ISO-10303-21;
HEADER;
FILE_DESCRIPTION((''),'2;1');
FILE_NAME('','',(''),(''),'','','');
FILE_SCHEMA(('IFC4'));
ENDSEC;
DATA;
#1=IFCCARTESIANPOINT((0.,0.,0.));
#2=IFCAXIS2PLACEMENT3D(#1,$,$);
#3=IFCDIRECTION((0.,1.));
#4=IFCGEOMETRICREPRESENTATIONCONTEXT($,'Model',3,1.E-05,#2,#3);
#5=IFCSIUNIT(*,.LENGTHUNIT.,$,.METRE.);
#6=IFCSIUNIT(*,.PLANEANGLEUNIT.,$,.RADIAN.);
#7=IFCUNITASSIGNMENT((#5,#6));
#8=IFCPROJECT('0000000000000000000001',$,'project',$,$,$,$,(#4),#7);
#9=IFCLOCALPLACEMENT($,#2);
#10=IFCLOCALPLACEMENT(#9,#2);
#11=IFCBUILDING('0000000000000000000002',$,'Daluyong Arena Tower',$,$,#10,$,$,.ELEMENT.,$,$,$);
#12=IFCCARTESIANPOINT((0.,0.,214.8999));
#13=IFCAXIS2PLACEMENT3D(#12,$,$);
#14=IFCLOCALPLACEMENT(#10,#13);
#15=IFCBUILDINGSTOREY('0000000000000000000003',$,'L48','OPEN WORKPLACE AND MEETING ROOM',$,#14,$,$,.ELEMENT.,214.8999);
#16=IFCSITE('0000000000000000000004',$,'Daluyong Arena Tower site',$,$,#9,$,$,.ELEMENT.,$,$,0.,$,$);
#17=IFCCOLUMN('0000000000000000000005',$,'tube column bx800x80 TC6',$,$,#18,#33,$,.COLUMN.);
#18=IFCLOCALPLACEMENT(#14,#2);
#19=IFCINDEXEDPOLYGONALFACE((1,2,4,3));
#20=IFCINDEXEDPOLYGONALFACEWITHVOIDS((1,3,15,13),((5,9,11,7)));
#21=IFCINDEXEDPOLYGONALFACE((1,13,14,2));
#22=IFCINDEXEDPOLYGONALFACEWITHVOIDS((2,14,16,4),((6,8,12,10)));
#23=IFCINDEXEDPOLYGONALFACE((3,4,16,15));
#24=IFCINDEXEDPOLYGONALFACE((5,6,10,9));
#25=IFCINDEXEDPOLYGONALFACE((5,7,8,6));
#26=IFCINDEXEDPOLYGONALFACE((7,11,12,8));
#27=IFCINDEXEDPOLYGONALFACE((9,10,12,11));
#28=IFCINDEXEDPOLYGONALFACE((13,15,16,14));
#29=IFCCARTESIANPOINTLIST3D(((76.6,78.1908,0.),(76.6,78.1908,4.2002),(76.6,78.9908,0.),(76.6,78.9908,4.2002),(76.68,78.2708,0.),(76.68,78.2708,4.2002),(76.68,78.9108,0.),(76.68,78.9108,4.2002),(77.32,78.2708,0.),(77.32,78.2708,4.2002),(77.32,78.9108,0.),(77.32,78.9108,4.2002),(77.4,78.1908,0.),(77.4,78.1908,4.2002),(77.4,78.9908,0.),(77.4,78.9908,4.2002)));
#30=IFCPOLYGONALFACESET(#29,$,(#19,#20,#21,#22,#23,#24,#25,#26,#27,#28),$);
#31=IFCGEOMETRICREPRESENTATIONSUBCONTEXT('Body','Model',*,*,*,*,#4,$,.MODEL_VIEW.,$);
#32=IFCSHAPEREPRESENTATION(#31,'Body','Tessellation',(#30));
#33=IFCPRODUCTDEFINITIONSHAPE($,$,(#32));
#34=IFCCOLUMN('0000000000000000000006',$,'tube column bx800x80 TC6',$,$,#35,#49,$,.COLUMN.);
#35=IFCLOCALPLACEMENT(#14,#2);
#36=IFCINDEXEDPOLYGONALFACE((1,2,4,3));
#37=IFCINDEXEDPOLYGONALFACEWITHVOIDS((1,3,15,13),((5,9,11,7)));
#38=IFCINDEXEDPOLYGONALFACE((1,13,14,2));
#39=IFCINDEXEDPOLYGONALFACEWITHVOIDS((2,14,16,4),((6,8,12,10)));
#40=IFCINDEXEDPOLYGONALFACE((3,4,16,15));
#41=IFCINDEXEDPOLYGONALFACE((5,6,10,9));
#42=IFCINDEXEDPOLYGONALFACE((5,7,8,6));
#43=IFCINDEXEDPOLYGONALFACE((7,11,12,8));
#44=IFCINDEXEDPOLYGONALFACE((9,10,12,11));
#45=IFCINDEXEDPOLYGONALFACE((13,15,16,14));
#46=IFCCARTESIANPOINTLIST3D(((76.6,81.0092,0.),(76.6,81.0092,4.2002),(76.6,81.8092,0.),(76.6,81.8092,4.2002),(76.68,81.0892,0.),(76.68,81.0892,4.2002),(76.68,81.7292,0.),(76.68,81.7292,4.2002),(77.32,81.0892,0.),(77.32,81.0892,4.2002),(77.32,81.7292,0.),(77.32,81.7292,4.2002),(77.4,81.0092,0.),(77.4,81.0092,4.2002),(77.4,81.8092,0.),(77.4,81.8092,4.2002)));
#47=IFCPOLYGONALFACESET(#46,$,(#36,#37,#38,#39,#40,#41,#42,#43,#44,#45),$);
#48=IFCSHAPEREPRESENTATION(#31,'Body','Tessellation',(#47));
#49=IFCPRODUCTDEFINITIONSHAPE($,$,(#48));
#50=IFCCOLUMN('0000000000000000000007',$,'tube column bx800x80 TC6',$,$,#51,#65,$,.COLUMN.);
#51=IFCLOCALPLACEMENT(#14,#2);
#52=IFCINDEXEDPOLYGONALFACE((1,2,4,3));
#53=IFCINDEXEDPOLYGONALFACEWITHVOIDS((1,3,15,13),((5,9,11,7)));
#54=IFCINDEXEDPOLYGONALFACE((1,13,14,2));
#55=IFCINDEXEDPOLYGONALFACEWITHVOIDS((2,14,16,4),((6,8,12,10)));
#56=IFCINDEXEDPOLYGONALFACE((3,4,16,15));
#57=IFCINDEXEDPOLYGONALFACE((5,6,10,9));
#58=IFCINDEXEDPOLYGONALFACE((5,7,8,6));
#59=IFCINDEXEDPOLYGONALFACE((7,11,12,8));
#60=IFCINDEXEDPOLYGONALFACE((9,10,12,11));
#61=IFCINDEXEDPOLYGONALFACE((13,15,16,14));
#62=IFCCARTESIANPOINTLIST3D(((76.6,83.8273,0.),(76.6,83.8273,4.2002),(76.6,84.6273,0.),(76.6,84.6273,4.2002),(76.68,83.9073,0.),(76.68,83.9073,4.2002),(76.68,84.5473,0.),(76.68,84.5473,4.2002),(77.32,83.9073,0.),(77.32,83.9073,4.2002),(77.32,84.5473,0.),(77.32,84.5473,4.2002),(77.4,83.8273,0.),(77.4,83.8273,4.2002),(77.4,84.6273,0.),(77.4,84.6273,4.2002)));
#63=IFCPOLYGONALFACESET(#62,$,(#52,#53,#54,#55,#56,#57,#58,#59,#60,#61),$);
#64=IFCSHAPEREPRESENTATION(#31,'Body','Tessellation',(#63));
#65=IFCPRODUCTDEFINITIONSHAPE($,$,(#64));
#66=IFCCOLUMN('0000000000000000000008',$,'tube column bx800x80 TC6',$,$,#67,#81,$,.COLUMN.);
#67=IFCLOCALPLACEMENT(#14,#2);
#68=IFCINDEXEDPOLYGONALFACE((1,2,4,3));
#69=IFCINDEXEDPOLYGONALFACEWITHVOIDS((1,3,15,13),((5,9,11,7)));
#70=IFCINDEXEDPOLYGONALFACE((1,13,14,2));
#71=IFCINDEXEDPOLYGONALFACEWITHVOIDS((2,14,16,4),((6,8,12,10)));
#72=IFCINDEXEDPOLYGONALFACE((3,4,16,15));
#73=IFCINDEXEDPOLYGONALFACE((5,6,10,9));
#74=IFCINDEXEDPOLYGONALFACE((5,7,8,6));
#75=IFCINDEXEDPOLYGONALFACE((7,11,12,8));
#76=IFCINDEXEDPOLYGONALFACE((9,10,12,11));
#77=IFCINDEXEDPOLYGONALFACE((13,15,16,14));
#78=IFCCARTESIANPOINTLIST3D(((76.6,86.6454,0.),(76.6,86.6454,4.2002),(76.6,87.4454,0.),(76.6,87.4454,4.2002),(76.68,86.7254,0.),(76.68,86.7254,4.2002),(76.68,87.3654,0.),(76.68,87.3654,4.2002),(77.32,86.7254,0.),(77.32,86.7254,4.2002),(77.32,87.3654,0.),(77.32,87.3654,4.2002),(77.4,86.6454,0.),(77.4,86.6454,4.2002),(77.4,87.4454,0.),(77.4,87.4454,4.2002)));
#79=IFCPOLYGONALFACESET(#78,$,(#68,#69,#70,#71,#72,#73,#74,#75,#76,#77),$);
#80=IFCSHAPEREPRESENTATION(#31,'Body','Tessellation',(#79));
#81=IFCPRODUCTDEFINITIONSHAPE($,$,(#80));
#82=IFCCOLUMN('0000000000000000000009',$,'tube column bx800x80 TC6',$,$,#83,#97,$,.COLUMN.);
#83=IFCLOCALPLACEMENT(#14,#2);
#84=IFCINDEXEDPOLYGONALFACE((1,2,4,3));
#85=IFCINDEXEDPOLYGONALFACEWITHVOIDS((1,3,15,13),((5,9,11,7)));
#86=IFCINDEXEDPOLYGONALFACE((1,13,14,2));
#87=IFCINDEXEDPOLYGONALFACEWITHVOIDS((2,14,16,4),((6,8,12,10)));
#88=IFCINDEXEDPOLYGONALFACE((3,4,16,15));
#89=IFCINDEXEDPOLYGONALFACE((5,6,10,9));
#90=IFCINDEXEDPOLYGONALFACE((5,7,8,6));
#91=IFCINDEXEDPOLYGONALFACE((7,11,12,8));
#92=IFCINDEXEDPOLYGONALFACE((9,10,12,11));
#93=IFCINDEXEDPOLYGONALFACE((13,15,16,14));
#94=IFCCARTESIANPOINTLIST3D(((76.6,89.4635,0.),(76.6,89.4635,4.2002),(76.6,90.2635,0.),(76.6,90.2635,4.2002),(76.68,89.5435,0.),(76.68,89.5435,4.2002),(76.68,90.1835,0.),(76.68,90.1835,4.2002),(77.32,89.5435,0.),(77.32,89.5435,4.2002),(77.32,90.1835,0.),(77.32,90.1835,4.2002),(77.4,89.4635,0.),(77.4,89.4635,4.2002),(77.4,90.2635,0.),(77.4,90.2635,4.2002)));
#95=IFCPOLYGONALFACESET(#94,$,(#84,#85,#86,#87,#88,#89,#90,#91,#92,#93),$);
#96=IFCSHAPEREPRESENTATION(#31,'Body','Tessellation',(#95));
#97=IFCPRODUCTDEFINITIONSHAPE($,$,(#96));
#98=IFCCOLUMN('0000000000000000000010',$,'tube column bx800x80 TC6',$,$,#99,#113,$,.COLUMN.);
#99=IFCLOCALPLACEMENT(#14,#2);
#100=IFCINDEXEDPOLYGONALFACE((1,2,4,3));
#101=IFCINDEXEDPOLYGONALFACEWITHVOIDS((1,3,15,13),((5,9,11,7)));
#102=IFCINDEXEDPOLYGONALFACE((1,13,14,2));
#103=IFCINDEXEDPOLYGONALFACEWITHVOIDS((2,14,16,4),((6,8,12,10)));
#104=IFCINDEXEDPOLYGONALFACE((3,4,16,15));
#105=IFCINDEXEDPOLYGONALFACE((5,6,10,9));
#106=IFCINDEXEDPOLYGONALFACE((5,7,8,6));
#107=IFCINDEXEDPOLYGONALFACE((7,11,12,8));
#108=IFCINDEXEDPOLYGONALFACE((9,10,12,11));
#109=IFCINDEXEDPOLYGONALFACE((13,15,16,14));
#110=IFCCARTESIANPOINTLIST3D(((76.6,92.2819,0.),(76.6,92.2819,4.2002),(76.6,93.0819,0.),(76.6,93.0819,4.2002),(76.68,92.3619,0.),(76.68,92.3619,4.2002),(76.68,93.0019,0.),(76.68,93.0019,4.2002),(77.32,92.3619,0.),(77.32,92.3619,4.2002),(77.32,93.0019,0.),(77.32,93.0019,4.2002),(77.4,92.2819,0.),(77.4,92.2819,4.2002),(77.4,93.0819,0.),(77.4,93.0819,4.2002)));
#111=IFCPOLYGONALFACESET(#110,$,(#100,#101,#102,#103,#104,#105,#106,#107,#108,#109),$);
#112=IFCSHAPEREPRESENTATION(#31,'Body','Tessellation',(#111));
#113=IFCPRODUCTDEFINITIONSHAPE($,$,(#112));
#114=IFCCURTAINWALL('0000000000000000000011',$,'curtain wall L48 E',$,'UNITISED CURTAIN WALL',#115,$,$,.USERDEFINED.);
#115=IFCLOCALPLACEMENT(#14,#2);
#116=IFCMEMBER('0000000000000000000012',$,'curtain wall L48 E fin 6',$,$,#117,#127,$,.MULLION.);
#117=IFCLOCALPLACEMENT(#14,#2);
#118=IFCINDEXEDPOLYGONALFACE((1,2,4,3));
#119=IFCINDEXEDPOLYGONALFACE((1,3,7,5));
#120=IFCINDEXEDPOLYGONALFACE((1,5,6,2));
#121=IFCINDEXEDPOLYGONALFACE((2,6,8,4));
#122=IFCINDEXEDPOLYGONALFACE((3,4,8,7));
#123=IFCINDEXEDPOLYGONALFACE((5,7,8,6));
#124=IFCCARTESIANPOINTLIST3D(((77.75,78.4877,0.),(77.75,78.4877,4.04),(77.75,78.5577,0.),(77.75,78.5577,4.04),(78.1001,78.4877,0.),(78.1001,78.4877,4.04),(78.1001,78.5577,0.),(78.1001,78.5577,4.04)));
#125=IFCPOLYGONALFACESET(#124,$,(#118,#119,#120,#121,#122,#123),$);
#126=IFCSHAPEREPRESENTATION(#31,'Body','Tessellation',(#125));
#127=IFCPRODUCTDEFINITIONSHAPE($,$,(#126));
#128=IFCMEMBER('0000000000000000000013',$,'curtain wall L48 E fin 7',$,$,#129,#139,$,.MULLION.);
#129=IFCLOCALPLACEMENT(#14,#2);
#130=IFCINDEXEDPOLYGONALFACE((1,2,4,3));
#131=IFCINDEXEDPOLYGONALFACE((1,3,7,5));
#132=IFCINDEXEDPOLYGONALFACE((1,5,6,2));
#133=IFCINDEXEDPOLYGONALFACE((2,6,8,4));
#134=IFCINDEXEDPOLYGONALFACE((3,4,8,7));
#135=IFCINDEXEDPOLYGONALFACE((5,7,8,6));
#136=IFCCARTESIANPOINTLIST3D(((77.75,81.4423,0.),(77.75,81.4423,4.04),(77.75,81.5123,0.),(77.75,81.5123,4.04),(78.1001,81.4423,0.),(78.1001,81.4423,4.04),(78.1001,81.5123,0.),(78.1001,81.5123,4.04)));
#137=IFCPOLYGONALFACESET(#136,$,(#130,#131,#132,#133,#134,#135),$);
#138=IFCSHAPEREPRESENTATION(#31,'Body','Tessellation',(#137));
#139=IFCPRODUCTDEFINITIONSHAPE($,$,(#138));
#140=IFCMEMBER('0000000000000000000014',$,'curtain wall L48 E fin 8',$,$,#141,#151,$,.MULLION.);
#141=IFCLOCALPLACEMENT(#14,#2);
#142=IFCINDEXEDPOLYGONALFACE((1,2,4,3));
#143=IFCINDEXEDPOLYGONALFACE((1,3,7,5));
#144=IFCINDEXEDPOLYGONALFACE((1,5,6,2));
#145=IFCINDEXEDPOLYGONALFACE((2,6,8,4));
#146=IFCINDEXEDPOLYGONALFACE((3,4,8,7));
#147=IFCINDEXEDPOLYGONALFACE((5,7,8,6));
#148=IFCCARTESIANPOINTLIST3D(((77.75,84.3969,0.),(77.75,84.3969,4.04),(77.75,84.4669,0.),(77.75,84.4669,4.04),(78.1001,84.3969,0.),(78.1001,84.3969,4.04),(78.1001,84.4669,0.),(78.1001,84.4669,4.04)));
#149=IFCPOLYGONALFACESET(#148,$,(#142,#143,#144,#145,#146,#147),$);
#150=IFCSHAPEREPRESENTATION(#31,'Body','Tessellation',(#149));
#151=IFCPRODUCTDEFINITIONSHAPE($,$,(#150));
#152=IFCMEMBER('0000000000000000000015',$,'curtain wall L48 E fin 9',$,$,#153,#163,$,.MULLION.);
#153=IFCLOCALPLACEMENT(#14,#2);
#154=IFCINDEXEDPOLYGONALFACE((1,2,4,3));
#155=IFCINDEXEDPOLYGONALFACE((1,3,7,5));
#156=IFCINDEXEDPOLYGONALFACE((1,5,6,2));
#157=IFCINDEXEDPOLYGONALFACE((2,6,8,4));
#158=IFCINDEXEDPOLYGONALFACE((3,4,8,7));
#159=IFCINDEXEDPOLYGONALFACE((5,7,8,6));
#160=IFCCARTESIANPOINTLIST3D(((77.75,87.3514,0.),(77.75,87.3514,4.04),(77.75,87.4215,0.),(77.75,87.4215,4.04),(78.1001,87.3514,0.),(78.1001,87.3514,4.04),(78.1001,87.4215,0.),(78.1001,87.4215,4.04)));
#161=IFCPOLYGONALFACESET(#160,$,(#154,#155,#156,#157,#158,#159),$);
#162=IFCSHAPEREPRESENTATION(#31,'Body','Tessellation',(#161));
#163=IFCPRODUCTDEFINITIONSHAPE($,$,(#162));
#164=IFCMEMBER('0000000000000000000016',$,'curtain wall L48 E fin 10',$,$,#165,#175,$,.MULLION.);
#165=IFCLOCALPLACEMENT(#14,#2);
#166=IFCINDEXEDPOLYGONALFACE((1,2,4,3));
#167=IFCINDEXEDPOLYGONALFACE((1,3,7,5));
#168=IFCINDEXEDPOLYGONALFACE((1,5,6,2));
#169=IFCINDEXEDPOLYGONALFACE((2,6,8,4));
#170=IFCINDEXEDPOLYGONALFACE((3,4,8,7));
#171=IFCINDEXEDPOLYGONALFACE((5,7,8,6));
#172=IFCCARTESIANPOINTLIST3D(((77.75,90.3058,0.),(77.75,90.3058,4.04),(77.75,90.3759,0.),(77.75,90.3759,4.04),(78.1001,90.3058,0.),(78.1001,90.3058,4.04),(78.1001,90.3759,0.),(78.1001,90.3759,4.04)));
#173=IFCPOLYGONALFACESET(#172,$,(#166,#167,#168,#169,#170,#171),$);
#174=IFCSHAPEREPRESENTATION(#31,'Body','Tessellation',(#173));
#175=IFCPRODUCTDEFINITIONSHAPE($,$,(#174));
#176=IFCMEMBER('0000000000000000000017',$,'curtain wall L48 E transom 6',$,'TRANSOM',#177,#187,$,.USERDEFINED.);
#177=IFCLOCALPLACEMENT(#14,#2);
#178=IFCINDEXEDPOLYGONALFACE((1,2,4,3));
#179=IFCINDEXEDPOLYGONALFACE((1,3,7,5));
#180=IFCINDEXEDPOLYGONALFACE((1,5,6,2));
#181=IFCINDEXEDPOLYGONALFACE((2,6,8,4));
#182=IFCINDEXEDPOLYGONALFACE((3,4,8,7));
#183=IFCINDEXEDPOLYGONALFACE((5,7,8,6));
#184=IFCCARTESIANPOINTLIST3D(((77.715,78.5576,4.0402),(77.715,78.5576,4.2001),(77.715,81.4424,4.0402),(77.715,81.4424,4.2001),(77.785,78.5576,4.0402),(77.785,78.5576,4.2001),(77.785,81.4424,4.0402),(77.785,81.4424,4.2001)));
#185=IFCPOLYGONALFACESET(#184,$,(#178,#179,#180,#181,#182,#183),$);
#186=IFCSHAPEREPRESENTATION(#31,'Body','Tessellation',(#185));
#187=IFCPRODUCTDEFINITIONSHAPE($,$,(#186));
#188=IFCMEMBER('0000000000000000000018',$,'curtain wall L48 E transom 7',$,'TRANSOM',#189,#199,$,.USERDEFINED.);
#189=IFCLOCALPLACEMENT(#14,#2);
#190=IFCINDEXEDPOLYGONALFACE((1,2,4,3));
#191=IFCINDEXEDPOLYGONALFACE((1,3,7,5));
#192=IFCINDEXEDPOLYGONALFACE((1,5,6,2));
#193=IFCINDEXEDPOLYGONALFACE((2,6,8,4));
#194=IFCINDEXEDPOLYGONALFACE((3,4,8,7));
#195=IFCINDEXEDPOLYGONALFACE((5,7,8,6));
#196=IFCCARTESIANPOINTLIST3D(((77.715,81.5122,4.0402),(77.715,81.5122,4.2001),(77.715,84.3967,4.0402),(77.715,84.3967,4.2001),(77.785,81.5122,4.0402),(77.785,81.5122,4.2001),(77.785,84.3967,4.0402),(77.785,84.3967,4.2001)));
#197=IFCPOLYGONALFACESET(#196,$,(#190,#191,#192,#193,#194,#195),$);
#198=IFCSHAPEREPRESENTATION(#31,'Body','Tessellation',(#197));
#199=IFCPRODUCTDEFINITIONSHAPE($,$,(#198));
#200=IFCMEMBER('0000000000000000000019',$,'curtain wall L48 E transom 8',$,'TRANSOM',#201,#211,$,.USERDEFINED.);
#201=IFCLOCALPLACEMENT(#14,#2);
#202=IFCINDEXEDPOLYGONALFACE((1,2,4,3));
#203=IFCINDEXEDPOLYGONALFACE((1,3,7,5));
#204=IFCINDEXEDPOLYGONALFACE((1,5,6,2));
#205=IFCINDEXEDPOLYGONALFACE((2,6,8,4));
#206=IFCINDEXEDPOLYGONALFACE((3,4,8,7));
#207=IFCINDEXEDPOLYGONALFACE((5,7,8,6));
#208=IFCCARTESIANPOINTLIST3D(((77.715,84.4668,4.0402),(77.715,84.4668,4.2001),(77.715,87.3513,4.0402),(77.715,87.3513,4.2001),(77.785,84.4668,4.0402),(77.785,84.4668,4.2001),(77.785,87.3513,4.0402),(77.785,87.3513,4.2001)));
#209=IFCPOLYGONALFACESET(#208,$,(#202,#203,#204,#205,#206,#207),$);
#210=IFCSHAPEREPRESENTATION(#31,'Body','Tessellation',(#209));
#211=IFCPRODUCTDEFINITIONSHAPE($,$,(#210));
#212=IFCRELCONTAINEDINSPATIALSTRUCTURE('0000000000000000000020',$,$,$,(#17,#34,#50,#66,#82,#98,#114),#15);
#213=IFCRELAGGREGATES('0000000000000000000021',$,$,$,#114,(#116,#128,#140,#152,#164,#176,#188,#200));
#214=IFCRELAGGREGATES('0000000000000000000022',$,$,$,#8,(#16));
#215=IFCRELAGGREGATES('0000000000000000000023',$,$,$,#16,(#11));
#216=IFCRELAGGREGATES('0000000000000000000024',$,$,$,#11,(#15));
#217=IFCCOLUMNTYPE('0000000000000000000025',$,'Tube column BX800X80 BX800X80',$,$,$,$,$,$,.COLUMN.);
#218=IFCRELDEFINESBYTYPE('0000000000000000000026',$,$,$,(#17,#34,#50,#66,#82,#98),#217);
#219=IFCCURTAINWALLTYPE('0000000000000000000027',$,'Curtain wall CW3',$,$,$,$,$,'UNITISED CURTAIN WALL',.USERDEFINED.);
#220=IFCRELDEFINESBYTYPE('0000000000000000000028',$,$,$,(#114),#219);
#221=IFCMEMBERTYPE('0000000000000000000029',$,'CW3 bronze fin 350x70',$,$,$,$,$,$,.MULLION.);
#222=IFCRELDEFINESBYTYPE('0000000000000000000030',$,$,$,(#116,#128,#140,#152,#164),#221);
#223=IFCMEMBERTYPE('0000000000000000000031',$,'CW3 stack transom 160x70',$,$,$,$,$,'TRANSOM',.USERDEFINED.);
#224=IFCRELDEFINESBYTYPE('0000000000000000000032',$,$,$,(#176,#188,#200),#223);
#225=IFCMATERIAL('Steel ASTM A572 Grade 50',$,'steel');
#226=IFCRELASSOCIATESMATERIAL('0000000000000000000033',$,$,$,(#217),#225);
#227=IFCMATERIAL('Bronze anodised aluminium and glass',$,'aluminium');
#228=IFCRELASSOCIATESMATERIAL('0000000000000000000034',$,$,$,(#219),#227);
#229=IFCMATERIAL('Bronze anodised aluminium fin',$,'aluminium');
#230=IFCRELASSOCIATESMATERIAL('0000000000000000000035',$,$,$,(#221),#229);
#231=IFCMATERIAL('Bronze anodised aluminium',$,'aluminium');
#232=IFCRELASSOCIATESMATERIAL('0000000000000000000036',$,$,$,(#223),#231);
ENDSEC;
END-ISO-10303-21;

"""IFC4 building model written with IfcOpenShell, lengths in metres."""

from ifc_helpers import new_model, si_unit, direction, frame, origin, origin_2d, place, context, subcontext, project, spatial, rectangle, hollow_rectangle, extrude, material, material_profile, profile_set, type_object, element, aggregate, save


model = new_model("IFC4")

# Units and contexts
model_context = context("Model", 3, precision=1e-05, world=origin(), true_north=direction((0.0, 1.0)))
body_context = subcontext(model_context, "Body", "Model", "MODEL_VIEW")
ifc_project = project(units=[si_unit("LENGTHUNIT", "METRE"), si_unit("PLANEANGLEUNIT", "RADIAN")], contexts=[model_context])

# Site, building, storey
site_placement = place(None, origin())
site = spatial("IfcSite", under=ifc_project, at=site_placement, Name="Daluyong Arena Tower site", CompositionType="ELEMENT", RefElevation=0.0)
building_placement = place(site_placement, origin())
building = spatial("IfcBuilding", under=site, at=building_placement, Name="Daluyong Arena Tower", CompositionType="ELEMENT")
storey_placement = place(building_placement, frame((0.0, 0.0, 214.8999)))
storey = spatial("IfcBuildingStorey", under=building, at=storey_placement, Name="L48", Description="OPEN WORKPLACE AND MEETING ROOM", CompositionType="ELEMENT", Elevation=214.8999)

# Columns
ifc_material_1 = material(Name="Steel ASTM A572 Grade 50", Category="steel")
ifc_material_profile_1 = material_profile(ifc_material_1, hollow_rectangle(XDim=0.8, YDim=0.8, WallThickness=0.08, at=origin_2d()))
ifc_profile_set_1 = profile_set([ifc_material_profile_1], Name="Steel ASTM A572 Grade 50")
column_type = type_object("IfcColumnType", Name="Tube column BX800X80 BX800X80", PredefinedType="COLUMN", material=ifc_profile_set_1)
for number, where, z_axis, x_axis, name in (
    (1, (77.0, 78.5908, 0.0), (0.0, 0.0, 1.0), (0.0, 1.0, 0.0), "tube column bx800x80 TC6"),
    (2, (77.0, 81.4092, 0.0), (0.0, 0.0, 1.0), (0.0, 1.0, 0.0), "tube column bx800x80 TC6"),
    (3, (77.0, 84.2273, 0.0), (0.0, 0.0, 1.0), (0.0, 1.0, 0.0), "tube column bx800x80 TC6"),
    (4, (77.0, 87.0454, 0.0), (0.0, 0.0, 1.0), (0.0, 1.0, 0.0), "tube column bx800x80 TC6"),
    (5, (77.0, 89.8635, 0.0), (0.0, 0.0, 1.0), (0.0, 1.0, 0.0), "tube column bx800x80 TC6"),
    (6, (77.0, 92.6819, 0.0), (0.0, 0.0, 1.0), (0.0, 1.0, 0.0), "tube column bx800x80 TC6"),
):
    element("IfcColumn", number, at=place(storey_placement, frame(where, z_axis=z_axis, x_axis=x_axis)), inside=storey, type_object=column_type, Name=name, PredefinedType="COLUMN", context=body_context, shape_type="SweptSolid", body=[
        extrude(hollow_rectangle(XDim=0.8, YDim=0.8, WallThickness=0.08, at=origin_2d()), origin(), (0.0, 0.0, 1.0), 4.2002),
    ])

# Curtain wall, members
ifc_material_2 = material(Name="Bronze anodised aluminium and glass", Category="aluminium")
curtain_wall_type = type_object("IfcCurtainWallType", Name="Curtain wall CW3", ElementType="UNITISED CURTAIN WALL", PredefinedType="USERDEFINED", material=ifc_material_2)
curtain_wall_placement = place(storey_placement, origin())
curtain_wall = element("IfcCurtainWall", 7, at=curtain_wall_placement, inside=storey, type_object=curtain_wall_type, Name="curtain wall L48 E", ObjectType="UNITISED CURTAIN WALL", PredefinedType="USERDEFINED")
ifc_material_3 = material(Name="Bronze anodised aluminium fin", Category="aluminium")
ifc_material_profile_2 = material_profile(ifc_material_3, rectangle(XDim=0.3501, YDim=0.0701, at=origin_2d()))
ifc_profile_set_2 = profile_set([ifc_material_profile_2], Name="Bronze anodised aluminium fin")
member_type_1 = type_object("IfcMemberType", Name="CW3 bronze fin 350x70", PredefinedType="MULLION", material=ifc_profile_set_2)
member_1_placement = place(storey_placement, frame((77.925, 78.5227, 0.0), z_axis=(0.0, 0.0, 1.0), x_axis=(-1.0, 0.0, 0.0)))
member_1 = element("IfcMember", 8, at=member_1_placement, type_object=member_type_1, Name="curtain wall L48 E fin 6", PredefinedType="MULLION", context=body_context, shape_type="SweptSolid", body=[
    extrude(rectangle(XDim=0.3501, YDim=0.0701, at=origin_2d()), origin(), (0.0, 0.0, 1.0), 4.04),
])
member_2_placement = place(storey_placement, frame((77.925, 81.4773, 0.0), z_axis=(0.0, 0.0, 1.0), x_axis=(-1.0, 0.0, 0.0)))
member_2 = element("IfcMember", 9, at=member_2_placement, type_object=member_type_1, Name="curtain wall L48 E fin 7", PredefinedType="MULLION", context=body_context, shape_type="SweptSolid", body=[
    extrude(rectangle(XDim=0.3501, YDim=0.0701, at=origin_2d()), origin(), (0.0, 0.0, 1.0), 4.04),
])
member_3_placement = place(storey_placement, frame((77.925, 84.4319, 0.0), z_axis=(0.0, 0.0, 1.0), x_axis=(-1.0, 0.0, 0.0)))
member_3 = element("IfcMember", 10, at=member_3_placement, type_object=member_type_1, Name="curtain wall L48 E fin 8", PredefinedType="MULLION", context=body_context, shape_type="SweptSolid", body=[
    extrude(rectangle(XDim=0.3501, YDim=0.0701, at=origin_2d()), origin(), (0.0, 0.0, 1.0), 4.04),
])
member_4_placement = place(storey_placement, frame((77.925, 87.3865, 0.0), z_axis=(0.0, 0.0, 1.0), x_axis=(-1.0, 0.0, 0.0)))
member_4 = element("IfcMember", 11, at=member_4_placement, type_object=member_type_1, Name="curtain wall L48 E fin 9", PredefinedType="MULLION", context=body_context, shape_type="SweptSolid", body=[
    extrude(rectangle(XDim=0.3501, YDim=0.0701, at=origin_2d()), origin(), (0.0, 0.0, 1.0), 4.04),
])
member_5_placement = place(storey_placement, frame((77.925, 90.3408, 0.0), z_axis=(0.0, 0.0, 1.0), x_axis=(-1.0, 0.0, 0.0)))
member_5 = element("IfcMember", 12, at=member_5_placement, type_object=member_type_1, Name="curtain wall L48 E fin 10", PredefinedType="MULLION", context=body_context, shape_type="SweptSolid", body=[
    extrude(rectangle(XDim=0.3501, YDim=0.0701, at=origin_2d()), origin(), (0.0, 0.0, 1.0), 4.04),
])
ifc_material_4 = material(Name="Bronze anodised aluminium", Category="aluminium")
ifc_material_profile_3 = material_profile(ifc_material_4, rectangle(XDim=0.0701, YDim=0.1599, at=origin_2d()))
ifc_profile_set_3 = profile_set([ifc_material_profile_3], Name="Bronze anodised aluminium")
member_type_2 = type_object("IfcMemberType", Name="CW3 stack transom 160x70", ElementType="TRANSOM", PredefinedType="USERDEFINED", material=ifc_profile_set_3)
member_6_placement = place(storey_placement, frame((77.75, 78.5576, 4.1201), z_axis=(0.0, 1.0, 0.0), x_axis=(-1.0, 0.0, 0.0)))
member_6 = element("IfcMember", 13, at=member_6_placement, type_object=member_type_2, Name="curtain wall L48 E transom 6", ObjectType="TRANSOM", PredefinedType="USERDEFINED", context=body_context, shape_type="SweptSolid", body=[
    extrude(rectangle(XDim=0.0701, YDim=0.1599, at=origin_2d()), origin(), (0.0, 0.0, 1.0), 2.8848),
])
member_7_placement = place(storey_placement, frame((77.75, 81.5122, 4.1201), z_axis=(0.0, 1.0, 0.0), x_axis=(-1.0, 0.0, 0.0)))
member_7 = element("IfcMember", 14, at=member_7_placement, type_object=member_type_2, Name="curtain wall L48 E transom 7", ObjectType="TRANSOM", PredefinedType="USERDEFINED", context=body_context, shape_type="SweptSolid", body=[
    extrude(rectangle(XDim=0.0701, YDim=0.1599, at=origin_2d()), origin(), (0.0, 0.0, 1.0), 2.8845),
])
member_8_placement = place(storey_placement, frame((77.75, 84.4668, 4.1201), z_axis=(0.0, 1.0, 0.0), x_axis=(-1.0, 0.0, 0.0)))
member_8 = element("IfcMember", 15, at=member_8_placement, type_object=member_type_2, Name="curtain wall L48 E transom 8", ObjectType="TRANSOM", PredefinedType="USERDEFINED", context=body_context, shape_type="SweptSolid", body=[
    extrude(rectangle(XDim=0.0701, YDim=0.1599, at=origin_2d()), origin(), (0.0, 0.0, 1.0), 2.8845),
])

aggregate(curtain_wall, [member_1, member_2, member_3, member_4, member_5, member_6, member_7, member_8])

save(model, "model.ifc")
